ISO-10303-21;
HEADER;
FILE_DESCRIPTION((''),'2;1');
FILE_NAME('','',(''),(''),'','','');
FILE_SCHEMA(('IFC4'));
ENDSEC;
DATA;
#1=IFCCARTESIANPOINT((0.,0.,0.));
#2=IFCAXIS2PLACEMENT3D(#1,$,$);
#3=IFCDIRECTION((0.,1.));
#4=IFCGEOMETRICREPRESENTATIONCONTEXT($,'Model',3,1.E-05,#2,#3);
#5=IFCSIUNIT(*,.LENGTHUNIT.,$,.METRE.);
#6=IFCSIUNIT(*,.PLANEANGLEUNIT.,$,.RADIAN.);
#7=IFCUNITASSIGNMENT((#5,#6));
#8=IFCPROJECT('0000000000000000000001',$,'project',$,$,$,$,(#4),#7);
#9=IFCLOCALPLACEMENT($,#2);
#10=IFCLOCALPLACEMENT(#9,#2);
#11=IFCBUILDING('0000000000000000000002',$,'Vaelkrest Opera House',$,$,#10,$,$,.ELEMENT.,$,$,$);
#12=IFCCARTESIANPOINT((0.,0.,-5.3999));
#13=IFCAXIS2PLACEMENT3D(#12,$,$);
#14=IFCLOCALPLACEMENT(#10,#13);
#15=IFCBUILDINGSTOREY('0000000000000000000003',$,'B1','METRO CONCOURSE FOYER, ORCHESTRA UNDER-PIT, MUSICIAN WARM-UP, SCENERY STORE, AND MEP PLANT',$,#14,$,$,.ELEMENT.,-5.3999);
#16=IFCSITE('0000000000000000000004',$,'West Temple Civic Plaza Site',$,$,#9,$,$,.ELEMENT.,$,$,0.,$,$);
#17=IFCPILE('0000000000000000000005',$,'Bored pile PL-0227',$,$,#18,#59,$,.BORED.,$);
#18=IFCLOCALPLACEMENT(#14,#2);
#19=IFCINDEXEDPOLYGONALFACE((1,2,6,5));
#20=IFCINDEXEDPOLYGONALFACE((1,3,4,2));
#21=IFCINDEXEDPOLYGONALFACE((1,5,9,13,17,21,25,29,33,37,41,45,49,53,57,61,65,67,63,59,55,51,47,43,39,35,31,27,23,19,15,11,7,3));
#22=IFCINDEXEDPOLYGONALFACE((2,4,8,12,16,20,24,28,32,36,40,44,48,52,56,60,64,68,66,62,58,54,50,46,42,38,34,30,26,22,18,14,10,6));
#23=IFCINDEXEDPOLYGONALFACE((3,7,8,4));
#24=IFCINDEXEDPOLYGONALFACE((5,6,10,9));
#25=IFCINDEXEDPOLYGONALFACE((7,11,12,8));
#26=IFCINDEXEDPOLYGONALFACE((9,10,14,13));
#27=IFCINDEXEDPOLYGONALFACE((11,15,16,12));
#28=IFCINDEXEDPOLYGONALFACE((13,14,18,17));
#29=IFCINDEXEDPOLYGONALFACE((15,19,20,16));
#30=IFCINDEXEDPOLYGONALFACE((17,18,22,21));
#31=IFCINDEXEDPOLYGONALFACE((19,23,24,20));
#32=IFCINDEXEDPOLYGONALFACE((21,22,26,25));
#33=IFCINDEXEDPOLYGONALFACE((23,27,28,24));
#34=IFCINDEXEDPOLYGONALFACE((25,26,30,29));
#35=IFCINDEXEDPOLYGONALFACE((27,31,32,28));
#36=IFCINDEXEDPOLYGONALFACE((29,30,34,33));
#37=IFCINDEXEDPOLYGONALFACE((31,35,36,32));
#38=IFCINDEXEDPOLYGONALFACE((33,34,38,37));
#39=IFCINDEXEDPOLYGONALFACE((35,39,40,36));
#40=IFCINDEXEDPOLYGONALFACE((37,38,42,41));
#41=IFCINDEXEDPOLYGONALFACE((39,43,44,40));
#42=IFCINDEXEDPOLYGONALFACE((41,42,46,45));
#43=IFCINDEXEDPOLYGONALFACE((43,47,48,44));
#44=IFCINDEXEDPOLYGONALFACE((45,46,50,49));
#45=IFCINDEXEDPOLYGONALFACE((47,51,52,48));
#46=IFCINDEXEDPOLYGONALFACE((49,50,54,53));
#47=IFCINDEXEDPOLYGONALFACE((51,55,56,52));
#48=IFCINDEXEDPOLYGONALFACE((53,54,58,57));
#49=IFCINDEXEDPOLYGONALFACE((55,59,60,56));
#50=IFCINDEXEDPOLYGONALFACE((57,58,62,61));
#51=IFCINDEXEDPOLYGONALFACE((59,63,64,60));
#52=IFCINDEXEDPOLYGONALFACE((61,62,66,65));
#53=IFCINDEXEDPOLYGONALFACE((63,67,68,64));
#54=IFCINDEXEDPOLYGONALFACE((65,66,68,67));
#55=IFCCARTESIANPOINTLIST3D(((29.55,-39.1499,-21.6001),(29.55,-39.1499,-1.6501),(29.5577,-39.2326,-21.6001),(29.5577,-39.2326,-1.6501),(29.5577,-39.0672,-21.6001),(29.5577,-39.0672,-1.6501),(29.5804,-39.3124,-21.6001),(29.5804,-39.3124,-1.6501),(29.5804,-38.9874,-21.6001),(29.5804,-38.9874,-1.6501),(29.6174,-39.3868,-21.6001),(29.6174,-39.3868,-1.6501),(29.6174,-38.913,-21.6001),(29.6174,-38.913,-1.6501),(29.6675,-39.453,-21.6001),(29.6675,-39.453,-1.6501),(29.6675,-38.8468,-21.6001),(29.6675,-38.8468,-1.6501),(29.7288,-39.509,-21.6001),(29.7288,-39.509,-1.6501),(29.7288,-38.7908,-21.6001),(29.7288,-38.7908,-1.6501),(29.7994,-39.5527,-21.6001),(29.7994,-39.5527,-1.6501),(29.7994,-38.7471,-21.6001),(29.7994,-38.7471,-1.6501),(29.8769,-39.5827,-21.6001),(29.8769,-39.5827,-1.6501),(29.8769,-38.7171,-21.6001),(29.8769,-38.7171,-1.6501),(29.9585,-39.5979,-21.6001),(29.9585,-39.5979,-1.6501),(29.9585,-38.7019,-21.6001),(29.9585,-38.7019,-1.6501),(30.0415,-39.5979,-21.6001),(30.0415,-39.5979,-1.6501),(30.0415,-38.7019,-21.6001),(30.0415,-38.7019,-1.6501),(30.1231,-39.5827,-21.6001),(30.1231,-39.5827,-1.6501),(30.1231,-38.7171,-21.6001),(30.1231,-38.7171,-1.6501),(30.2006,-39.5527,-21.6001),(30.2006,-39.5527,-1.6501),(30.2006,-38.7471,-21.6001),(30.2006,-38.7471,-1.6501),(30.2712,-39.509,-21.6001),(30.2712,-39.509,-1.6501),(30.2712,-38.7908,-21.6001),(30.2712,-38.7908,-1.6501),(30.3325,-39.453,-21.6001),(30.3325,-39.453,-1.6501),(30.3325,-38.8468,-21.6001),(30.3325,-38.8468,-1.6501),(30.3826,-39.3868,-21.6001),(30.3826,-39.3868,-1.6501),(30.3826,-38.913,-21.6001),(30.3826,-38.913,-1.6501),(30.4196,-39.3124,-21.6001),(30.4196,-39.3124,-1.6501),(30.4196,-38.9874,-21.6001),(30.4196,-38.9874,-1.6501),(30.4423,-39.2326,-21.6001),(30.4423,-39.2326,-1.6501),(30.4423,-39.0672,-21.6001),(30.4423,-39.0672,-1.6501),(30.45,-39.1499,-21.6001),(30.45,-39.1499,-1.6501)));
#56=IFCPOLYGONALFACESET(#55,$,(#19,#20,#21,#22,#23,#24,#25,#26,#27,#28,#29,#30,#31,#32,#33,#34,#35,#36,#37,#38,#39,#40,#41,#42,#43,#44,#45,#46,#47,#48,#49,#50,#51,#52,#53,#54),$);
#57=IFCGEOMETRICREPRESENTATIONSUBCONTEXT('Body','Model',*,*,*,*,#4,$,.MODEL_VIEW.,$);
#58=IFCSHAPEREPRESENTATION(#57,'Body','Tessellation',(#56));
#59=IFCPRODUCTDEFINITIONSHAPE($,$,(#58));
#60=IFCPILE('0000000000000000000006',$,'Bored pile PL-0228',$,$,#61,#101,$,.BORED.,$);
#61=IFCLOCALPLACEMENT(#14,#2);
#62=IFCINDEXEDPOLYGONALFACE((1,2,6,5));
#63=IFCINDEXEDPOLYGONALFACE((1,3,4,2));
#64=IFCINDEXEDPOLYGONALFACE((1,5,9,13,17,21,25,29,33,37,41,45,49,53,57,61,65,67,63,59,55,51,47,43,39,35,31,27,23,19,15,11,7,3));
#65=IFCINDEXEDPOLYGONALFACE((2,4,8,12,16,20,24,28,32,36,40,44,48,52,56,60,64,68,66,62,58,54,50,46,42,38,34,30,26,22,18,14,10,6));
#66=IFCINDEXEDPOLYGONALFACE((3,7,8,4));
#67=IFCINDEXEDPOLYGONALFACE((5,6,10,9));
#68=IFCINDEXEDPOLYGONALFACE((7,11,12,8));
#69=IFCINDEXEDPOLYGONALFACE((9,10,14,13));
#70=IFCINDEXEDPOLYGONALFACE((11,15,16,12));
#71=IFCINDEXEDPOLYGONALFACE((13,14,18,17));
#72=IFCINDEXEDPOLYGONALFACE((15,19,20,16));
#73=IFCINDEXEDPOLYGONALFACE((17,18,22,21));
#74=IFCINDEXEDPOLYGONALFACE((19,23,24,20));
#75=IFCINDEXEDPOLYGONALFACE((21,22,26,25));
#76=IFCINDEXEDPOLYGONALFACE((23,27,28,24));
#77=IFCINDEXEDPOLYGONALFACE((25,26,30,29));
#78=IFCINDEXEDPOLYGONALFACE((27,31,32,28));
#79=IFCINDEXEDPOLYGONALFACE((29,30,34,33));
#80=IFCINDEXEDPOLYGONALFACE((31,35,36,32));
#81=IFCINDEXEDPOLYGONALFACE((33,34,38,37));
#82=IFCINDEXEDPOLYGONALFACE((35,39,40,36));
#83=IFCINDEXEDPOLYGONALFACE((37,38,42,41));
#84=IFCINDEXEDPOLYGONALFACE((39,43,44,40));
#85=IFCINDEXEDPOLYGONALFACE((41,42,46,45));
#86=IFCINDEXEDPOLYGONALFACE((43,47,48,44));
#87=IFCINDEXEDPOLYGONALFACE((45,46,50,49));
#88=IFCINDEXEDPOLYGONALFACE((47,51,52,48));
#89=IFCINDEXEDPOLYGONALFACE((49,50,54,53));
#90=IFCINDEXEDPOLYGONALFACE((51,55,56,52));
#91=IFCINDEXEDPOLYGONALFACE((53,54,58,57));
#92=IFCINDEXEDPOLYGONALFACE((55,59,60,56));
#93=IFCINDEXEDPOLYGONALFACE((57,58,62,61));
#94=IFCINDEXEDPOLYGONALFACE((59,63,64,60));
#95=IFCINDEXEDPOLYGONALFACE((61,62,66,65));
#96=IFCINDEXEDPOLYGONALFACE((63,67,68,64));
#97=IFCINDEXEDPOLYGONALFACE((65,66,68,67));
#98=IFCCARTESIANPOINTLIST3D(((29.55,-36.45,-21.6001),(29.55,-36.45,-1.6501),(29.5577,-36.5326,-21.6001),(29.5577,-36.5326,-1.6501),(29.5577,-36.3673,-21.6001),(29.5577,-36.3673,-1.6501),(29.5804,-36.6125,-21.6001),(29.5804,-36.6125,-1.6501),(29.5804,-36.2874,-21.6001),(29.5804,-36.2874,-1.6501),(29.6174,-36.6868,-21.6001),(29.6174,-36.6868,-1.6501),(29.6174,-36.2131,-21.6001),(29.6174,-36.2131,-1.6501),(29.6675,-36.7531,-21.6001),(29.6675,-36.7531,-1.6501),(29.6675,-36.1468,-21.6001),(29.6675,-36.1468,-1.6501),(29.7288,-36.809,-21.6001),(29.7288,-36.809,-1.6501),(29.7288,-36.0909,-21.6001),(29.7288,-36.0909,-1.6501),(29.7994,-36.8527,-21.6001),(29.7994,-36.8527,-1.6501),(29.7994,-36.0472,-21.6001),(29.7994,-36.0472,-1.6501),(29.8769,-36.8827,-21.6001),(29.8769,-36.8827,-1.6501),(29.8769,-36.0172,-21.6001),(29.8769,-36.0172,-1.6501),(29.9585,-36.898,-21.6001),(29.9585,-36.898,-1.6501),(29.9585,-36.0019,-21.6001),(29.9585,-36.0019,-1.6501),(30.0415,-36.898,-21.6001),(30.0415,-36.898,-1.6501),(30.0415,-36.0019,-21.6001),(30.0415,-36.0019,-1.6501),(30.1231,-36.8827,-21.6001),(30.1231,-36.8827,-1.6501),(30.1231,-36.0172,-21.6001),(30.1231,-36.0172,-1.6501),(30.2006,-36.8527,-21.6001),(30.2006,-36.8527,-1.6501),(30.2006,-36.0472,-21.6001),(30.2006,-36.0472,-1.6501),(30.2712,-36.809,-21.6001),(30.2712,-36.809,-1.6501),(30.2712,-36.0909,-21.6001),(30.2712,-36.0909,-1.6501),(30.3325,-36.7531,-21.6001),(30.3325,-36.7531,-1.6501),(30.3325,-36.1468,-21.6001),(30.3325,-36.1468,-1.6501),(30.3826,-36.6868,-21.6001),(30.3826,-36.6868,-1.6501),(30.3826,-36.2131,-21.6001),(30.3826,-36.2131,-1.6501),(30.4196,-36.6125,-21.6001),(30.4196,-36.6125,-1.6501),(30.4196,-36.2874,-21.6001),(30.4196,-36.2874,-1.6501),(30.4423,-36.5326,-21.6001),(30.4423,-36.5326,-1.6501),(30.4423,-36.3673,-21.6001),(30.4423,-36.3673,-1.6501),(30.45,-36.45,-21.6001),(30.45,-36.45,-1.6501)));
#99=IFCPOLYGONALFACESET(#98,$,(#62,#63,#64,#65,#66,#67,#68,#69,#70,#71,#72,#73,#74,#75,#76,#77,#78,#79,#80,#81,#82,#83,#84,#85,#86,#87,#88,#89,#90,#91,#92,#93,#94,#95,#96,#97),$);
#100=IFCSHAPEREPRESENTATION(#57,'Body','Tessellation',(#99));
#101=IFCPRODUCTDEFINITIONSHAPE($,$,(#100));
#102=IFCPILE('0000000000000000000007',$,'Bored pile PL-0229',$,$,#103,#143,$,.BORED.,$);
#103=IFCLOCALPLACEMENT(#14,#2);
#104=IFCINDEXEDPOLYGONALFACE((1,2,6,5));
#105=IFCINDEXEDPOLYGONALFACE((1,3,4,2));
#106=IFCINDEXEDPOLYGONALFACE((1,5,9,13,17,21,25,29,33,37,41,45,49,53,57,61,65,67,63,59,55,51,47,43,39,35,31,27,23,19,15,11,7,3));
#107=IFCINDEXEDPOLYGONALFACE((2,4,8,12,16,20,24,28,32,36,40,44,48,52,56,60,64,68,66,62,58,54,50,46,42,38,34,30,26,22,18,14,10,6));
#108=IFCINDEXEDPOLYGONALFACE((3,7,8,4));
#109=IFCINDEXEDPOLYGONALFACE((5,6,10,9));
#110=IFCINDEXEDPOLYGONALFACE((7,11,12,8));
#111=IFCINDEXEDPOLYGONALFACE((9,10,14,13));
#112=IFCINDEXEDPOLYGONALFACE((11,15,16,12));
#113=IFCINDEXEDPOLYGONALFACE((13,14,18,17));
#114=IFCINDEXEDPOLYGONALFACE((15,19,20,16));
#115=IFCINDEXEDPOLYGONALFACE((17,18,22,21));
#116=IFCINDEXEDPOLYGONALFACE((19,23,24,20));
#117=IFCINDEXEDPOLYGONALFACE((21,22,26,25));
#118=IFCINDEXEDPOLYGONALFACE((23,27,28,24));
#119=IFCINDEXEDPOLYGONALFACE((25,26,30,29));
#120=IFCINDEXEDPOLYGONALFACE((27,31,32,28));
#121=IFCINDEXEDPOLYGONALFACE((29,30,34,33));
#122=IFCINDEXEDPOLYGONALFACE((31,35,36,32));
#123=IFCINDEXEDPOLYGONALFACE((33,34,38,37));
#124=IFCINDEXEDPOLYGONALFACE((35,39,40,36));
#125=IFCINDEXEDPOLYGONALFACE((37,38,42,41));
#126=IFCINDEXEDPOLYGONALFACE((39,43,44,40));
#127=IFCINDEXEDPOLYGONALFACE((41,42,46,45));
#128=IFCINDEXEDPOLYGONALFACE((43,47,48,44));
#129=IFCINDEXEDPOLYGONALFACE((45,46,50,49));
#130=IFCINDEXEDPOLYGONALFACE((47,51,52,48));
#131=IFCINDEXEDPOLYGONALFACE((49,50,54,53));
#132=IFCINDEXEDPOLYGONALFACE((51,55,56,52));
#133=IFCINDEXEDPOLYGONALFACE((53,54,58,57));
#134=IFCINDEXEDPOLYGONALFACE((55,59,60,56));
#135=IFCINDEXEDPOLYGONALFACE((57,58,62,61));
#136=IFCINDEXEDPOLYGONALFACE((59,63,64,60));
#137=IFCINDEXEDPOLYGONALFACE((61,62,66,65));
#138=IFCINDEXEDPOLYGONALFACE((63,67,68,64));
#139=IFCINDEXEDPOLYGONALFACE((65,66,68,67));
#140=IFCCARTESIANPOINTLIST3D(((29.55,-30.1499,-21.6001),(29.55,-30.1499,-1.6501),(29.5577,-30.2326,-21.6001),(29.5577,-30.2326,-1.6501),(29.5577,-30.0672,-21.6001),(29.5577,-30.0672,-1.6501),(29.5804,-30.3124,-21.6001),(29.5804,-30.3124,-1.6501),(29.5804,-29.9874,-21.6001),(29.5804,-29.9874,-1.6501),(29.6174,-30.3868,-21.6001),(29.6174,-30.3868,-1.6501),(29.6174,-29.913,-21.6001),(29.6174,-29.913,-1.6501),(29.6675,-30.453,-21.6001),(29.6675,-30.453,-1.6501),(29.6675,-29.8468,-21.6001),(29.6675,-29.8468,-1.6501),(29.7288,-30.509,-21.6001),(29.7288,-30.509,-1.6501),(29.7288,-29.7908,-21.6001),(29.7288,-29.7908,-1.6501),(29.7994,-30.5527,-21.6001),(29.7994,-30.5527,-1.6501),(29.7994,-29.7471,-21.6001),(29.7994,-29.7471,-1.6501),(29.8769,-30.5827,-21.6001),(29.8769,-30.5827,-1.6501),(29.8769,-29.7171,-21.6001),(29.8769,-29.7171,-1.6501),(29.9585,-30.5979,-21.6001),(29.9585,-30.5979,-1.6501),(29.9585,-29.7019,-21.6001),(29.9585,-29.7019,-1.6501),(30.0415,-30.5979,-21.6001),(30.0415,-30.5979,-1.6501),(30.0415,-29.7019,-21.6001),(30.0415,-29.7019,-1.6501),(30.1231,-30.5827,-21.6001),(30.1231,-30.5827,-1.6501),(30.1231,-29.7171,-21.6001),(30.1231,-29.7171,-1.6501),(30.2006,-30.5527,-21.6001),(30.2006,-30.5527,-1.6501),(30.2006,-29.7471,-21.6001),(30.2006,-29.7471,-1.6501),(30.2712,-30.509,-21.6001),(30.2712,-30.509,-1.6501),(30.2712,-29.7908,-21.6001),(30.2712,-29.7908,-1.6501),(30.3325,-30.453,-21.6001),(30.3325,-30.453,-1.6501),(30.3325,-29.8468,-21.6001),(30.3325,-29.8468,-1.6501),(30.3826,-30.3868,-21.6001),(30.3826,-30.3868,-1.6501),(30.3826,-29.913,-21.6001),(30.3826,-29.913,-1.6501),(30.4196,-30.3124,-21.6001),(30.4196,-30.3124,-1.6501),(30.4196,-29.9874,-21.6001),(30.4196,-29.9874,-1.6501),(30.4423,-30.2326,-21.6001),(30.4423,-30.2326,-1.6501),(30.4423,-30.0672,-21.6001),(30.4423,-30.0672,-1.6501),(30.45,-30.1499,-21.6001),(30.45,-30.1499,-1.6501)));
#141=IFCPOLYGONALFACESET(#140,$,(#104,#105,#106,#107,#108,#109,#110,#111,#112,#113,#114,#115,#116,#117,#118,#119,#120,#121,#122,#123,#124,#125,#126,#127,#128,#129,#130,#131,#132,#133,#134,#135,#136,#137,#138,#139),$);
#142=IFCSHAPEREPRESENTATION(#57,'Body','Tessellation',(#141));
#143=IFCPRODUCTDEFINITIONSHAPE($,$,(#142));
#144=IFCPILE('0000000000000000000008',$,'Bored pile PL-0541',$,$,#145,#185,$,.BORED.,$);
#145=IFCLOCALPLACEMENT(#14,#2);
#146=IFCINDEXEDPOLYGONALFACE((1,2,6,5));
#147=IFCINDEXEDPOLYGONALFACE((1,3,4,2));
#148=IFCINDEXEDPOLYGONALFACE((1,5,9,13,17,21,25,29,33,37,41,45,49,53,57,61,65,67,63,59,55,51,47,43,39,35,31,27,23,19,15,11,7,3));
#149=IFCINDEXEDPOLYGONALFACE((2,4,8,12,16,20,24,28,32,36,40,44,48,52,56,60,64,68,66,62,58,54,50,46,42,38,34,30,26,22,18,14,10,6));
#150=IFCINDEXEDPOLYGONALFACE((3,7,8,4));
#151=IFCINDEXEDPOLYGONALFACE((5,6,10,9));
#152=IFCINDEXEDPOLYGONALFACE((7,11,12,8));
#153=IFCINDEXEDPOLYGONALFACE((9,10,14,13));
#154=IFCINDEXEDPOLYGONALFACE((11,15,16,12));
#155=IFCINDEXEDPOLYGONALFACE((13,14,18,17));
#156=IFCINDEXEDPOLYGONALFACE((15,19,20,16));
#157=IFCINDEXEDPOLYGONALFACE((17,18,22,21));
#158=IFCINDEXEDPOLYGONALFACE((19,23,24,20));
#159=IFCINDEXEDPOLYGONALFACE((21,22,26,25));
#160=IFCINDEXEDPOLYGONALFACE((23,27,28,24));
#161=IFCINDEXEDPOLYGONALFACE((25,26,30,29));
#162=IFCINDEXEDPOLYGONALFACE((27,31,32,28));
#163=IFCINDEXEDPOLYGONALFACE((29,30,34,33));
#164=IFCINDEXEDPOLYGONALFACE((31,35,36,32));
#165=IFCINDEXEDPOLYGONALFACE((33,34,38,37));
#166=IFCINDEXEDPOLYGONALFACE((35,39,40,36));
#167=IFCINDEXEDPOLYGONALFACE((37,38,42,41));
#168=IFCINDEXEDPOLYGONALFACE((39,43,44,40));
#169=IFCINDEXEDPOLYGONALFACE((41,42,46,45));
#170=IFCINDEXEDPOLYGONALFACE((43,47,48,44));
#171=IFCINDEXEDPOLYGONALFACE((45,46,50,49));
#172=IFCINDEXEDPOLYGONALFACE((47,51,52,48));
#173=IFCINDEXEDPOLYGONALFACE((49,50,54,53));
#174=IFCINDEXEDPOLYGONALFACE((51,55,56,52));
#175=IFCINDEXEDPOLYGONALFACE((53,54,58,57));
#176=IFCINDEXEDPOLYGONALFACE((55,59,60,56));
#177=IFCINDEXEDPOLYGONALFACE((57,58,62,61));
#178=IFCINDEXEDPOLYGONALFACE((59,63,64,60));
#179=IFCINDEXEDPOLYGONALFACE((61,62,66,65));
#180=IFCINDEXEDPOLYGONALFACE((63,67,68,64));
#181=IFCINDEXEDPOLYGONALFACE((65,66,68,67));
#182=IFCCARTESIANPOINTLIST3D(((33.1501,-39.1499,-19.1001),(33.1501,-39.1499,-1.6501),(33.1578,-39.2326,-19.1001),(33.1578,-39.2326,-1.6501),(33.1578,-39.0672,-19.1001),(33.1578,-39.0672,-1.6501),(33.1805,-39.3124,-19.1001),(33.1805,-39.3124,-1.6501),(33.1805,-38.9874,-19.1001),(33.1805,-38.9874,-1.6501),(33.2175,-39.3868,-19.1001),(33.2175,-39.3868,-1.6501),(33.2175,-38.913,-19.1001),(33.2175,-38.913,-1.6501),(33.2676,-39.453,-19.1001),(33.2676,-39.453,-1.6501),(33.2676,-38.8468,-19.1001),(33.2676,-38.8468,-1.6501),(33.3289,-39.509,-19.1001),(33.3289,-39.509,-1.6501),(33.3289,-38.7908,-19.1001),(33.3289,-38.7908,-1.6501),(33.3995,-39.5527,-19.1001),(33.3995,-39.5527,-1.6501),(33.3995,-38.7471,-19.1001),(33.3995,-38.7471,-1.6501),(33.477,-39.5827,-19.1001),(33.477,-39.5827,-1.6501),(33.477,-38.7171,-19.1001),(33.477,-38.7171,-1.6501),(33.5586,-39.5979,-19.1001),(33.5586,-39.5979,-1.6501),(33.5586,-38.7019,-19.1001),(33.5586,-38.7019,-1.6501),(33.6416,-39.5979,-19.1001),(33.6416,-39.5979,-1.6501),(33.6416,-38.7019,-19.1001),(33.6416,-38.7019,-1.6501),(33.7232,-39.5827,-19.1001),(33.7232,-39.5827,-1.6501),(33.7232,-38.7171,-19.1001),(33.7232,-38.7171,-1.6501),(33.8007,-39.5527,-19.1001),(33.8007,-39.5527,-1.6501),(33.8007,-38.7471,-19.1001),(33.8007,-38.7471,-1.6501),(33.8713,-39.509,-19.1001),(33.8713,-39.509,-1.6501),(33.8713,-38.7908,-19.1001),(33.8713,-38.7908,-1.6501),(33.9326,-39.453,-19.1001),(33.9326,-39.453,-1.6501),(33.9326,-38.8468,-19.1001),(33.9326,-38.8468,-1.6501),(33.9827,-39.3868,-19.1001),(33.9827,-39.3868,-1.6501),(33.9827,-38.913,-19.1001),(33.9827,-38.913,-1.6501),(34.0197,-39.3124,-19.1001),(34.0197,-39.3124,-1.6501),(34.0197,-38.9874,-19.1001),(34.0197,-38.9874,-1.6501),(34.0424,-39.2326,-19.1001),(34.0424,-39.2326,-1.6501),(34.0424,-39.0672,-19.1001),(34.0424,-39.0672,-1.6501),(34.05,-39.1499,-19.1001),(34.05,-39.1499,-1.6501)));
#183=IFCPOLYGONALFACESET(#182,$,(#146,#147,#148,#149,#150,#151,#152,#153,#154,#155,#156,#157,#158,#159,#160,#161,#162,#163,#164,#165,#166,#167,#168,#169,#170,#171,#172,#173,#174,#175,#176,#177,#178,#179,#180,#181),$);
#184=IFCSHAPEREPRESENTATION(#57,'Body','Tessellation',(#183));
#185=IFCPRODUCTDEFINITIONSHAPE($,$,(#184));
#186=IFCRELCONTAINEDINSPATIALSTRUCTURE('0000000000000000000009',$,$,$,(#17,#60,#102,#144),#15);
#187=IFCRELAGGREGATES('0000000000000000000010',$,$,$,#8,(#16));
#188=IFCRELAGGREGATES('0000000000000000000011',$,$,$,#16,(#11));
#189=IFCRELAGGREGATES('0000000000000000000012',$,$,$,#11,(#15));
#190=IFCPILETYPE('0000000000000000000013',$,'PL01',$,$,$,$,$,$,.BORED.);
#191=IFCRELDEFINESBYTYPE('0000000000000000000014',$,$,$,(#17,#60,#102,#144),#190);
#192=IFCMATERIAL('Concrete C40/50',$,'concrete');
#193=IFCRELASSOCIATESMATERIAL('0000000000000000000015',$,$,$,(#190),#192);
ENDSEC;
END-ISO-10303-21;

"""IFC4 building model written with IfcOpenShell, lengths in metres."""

from ifc_helpers import new_model, si_unit, direction, frame, origin, origin_2d, place, context, subcontext, project, spatial, circle, extrude, material, material_profile, profile_set, type_object, element, save


model = new_model("IFC4")

# Units and contexts
model_context = context("Model", 3, precision=1e-05, world=origin(), true_north=direction((0.0, 1.0)))
body_context = subcontext(model_context, "Body", "Model", "MODEL_VIEW")
ifc_project = project(units=[si_unit("LENGTHUNIT", "METRE"), si_unit("PLANEANGLEUNIT", "RADIAN")], contexts=[model_context])

# Site, building, storey
site_placement = place(None, origin())
site = spatial("IfcSite", under=ifc_project, at=site_placement, Name="West Temple Civic Plaza Site", CompositionType="ELEMENT", RefElevation=0.0)
building_placement = place(site_placement, origin())
building = spatial("IfcBuilding", under=site, at=building_placement, Name="Vaelkrest Opera House", CompositionType="ELEMENT")
storey_placement = place(building_placement, frame((0.0, 0.0, -5.3999)))
storey = spatial("IfcBuildingStorey", under=building, at=storey_placement, Name="B1", Description="METRO CONCOURSE FOYER, ORCHESTRA UNDER-PIT, MUSICIAN WARM-UP, SCENERY STORE, AND MEP PLANT", CompositionType="ELEMENT", Elevation=-5.3999)

# Shared definitions
ifc_material_1 = material(Name="Concrete C40/50", Category="concrete")

# Piles
ifc_material_profile_1 = material_profile(ifc_material_1, circle(Radius=0.45, at=origin_2d()), Name="PILE900")
ifc_profile_set_1 = profile_set([ifc_material_profile_1], Name="Concrete C40/50")
pile_type_1 = type_object("IfcPileType", Name="PL01", PredefinedType="BORED", material=ifc_profile_set_1)
for number, where, z_axis, x_axis, name in (
    (1, (30.0, -39.1499, -1.6501), (0.0, 0.0, -1.0), (1.0, 0.0, 0.0), "Bored pile PL-0227"),
    (2, (30.0, -36.45, -1.6501), (0.0, 0.0, -1.0), (1.0, 0.0, 0.0), "Bored pile PL-0228"),
    (3, (30.0, -30.1499, -1.6501), (0.0, 0.0, -1.0), (1.0, 0.0, 0.0), "Bored pile PL-0229"),
):
    element("IfcPile", number, at=place(storey_placement, frame(where, z_axis=z_axis, x_axis=x_axis)), inside=storey, type_object=pile_type_1, Name=name, PredefinedType="BORED", context=body_context, shape_type="SweptSolid", body=[
        extrude(circle(Radius=0.45, at=origin_2d()), origin(), (0.0, 0.0, 1.0), 19.95),
    ])
for number, where, z_axis, x_axis, name in (
    (4, (33.6001, -39.1499, -1.6501), (0.0, 0.0, -1.0), (1.0, 0.0, 0.0), "Bored pile PL-0541"),
):
    element("IfcPile", number, at=place(storey_placement, frame(where, z_axis=z_axis, x_axis=x_axis)), inside=storey, type_object=pile_type_1, Name=name, PredefinedType="BORED", context=body_context, shape_type="SweptSolid", body=[
        extrude(circle(Radius=0.45, at=origin_2d()), origin(), (0.0, 0.0, 1.0), 17.45),
    ])

save(model, "model.ifc")
